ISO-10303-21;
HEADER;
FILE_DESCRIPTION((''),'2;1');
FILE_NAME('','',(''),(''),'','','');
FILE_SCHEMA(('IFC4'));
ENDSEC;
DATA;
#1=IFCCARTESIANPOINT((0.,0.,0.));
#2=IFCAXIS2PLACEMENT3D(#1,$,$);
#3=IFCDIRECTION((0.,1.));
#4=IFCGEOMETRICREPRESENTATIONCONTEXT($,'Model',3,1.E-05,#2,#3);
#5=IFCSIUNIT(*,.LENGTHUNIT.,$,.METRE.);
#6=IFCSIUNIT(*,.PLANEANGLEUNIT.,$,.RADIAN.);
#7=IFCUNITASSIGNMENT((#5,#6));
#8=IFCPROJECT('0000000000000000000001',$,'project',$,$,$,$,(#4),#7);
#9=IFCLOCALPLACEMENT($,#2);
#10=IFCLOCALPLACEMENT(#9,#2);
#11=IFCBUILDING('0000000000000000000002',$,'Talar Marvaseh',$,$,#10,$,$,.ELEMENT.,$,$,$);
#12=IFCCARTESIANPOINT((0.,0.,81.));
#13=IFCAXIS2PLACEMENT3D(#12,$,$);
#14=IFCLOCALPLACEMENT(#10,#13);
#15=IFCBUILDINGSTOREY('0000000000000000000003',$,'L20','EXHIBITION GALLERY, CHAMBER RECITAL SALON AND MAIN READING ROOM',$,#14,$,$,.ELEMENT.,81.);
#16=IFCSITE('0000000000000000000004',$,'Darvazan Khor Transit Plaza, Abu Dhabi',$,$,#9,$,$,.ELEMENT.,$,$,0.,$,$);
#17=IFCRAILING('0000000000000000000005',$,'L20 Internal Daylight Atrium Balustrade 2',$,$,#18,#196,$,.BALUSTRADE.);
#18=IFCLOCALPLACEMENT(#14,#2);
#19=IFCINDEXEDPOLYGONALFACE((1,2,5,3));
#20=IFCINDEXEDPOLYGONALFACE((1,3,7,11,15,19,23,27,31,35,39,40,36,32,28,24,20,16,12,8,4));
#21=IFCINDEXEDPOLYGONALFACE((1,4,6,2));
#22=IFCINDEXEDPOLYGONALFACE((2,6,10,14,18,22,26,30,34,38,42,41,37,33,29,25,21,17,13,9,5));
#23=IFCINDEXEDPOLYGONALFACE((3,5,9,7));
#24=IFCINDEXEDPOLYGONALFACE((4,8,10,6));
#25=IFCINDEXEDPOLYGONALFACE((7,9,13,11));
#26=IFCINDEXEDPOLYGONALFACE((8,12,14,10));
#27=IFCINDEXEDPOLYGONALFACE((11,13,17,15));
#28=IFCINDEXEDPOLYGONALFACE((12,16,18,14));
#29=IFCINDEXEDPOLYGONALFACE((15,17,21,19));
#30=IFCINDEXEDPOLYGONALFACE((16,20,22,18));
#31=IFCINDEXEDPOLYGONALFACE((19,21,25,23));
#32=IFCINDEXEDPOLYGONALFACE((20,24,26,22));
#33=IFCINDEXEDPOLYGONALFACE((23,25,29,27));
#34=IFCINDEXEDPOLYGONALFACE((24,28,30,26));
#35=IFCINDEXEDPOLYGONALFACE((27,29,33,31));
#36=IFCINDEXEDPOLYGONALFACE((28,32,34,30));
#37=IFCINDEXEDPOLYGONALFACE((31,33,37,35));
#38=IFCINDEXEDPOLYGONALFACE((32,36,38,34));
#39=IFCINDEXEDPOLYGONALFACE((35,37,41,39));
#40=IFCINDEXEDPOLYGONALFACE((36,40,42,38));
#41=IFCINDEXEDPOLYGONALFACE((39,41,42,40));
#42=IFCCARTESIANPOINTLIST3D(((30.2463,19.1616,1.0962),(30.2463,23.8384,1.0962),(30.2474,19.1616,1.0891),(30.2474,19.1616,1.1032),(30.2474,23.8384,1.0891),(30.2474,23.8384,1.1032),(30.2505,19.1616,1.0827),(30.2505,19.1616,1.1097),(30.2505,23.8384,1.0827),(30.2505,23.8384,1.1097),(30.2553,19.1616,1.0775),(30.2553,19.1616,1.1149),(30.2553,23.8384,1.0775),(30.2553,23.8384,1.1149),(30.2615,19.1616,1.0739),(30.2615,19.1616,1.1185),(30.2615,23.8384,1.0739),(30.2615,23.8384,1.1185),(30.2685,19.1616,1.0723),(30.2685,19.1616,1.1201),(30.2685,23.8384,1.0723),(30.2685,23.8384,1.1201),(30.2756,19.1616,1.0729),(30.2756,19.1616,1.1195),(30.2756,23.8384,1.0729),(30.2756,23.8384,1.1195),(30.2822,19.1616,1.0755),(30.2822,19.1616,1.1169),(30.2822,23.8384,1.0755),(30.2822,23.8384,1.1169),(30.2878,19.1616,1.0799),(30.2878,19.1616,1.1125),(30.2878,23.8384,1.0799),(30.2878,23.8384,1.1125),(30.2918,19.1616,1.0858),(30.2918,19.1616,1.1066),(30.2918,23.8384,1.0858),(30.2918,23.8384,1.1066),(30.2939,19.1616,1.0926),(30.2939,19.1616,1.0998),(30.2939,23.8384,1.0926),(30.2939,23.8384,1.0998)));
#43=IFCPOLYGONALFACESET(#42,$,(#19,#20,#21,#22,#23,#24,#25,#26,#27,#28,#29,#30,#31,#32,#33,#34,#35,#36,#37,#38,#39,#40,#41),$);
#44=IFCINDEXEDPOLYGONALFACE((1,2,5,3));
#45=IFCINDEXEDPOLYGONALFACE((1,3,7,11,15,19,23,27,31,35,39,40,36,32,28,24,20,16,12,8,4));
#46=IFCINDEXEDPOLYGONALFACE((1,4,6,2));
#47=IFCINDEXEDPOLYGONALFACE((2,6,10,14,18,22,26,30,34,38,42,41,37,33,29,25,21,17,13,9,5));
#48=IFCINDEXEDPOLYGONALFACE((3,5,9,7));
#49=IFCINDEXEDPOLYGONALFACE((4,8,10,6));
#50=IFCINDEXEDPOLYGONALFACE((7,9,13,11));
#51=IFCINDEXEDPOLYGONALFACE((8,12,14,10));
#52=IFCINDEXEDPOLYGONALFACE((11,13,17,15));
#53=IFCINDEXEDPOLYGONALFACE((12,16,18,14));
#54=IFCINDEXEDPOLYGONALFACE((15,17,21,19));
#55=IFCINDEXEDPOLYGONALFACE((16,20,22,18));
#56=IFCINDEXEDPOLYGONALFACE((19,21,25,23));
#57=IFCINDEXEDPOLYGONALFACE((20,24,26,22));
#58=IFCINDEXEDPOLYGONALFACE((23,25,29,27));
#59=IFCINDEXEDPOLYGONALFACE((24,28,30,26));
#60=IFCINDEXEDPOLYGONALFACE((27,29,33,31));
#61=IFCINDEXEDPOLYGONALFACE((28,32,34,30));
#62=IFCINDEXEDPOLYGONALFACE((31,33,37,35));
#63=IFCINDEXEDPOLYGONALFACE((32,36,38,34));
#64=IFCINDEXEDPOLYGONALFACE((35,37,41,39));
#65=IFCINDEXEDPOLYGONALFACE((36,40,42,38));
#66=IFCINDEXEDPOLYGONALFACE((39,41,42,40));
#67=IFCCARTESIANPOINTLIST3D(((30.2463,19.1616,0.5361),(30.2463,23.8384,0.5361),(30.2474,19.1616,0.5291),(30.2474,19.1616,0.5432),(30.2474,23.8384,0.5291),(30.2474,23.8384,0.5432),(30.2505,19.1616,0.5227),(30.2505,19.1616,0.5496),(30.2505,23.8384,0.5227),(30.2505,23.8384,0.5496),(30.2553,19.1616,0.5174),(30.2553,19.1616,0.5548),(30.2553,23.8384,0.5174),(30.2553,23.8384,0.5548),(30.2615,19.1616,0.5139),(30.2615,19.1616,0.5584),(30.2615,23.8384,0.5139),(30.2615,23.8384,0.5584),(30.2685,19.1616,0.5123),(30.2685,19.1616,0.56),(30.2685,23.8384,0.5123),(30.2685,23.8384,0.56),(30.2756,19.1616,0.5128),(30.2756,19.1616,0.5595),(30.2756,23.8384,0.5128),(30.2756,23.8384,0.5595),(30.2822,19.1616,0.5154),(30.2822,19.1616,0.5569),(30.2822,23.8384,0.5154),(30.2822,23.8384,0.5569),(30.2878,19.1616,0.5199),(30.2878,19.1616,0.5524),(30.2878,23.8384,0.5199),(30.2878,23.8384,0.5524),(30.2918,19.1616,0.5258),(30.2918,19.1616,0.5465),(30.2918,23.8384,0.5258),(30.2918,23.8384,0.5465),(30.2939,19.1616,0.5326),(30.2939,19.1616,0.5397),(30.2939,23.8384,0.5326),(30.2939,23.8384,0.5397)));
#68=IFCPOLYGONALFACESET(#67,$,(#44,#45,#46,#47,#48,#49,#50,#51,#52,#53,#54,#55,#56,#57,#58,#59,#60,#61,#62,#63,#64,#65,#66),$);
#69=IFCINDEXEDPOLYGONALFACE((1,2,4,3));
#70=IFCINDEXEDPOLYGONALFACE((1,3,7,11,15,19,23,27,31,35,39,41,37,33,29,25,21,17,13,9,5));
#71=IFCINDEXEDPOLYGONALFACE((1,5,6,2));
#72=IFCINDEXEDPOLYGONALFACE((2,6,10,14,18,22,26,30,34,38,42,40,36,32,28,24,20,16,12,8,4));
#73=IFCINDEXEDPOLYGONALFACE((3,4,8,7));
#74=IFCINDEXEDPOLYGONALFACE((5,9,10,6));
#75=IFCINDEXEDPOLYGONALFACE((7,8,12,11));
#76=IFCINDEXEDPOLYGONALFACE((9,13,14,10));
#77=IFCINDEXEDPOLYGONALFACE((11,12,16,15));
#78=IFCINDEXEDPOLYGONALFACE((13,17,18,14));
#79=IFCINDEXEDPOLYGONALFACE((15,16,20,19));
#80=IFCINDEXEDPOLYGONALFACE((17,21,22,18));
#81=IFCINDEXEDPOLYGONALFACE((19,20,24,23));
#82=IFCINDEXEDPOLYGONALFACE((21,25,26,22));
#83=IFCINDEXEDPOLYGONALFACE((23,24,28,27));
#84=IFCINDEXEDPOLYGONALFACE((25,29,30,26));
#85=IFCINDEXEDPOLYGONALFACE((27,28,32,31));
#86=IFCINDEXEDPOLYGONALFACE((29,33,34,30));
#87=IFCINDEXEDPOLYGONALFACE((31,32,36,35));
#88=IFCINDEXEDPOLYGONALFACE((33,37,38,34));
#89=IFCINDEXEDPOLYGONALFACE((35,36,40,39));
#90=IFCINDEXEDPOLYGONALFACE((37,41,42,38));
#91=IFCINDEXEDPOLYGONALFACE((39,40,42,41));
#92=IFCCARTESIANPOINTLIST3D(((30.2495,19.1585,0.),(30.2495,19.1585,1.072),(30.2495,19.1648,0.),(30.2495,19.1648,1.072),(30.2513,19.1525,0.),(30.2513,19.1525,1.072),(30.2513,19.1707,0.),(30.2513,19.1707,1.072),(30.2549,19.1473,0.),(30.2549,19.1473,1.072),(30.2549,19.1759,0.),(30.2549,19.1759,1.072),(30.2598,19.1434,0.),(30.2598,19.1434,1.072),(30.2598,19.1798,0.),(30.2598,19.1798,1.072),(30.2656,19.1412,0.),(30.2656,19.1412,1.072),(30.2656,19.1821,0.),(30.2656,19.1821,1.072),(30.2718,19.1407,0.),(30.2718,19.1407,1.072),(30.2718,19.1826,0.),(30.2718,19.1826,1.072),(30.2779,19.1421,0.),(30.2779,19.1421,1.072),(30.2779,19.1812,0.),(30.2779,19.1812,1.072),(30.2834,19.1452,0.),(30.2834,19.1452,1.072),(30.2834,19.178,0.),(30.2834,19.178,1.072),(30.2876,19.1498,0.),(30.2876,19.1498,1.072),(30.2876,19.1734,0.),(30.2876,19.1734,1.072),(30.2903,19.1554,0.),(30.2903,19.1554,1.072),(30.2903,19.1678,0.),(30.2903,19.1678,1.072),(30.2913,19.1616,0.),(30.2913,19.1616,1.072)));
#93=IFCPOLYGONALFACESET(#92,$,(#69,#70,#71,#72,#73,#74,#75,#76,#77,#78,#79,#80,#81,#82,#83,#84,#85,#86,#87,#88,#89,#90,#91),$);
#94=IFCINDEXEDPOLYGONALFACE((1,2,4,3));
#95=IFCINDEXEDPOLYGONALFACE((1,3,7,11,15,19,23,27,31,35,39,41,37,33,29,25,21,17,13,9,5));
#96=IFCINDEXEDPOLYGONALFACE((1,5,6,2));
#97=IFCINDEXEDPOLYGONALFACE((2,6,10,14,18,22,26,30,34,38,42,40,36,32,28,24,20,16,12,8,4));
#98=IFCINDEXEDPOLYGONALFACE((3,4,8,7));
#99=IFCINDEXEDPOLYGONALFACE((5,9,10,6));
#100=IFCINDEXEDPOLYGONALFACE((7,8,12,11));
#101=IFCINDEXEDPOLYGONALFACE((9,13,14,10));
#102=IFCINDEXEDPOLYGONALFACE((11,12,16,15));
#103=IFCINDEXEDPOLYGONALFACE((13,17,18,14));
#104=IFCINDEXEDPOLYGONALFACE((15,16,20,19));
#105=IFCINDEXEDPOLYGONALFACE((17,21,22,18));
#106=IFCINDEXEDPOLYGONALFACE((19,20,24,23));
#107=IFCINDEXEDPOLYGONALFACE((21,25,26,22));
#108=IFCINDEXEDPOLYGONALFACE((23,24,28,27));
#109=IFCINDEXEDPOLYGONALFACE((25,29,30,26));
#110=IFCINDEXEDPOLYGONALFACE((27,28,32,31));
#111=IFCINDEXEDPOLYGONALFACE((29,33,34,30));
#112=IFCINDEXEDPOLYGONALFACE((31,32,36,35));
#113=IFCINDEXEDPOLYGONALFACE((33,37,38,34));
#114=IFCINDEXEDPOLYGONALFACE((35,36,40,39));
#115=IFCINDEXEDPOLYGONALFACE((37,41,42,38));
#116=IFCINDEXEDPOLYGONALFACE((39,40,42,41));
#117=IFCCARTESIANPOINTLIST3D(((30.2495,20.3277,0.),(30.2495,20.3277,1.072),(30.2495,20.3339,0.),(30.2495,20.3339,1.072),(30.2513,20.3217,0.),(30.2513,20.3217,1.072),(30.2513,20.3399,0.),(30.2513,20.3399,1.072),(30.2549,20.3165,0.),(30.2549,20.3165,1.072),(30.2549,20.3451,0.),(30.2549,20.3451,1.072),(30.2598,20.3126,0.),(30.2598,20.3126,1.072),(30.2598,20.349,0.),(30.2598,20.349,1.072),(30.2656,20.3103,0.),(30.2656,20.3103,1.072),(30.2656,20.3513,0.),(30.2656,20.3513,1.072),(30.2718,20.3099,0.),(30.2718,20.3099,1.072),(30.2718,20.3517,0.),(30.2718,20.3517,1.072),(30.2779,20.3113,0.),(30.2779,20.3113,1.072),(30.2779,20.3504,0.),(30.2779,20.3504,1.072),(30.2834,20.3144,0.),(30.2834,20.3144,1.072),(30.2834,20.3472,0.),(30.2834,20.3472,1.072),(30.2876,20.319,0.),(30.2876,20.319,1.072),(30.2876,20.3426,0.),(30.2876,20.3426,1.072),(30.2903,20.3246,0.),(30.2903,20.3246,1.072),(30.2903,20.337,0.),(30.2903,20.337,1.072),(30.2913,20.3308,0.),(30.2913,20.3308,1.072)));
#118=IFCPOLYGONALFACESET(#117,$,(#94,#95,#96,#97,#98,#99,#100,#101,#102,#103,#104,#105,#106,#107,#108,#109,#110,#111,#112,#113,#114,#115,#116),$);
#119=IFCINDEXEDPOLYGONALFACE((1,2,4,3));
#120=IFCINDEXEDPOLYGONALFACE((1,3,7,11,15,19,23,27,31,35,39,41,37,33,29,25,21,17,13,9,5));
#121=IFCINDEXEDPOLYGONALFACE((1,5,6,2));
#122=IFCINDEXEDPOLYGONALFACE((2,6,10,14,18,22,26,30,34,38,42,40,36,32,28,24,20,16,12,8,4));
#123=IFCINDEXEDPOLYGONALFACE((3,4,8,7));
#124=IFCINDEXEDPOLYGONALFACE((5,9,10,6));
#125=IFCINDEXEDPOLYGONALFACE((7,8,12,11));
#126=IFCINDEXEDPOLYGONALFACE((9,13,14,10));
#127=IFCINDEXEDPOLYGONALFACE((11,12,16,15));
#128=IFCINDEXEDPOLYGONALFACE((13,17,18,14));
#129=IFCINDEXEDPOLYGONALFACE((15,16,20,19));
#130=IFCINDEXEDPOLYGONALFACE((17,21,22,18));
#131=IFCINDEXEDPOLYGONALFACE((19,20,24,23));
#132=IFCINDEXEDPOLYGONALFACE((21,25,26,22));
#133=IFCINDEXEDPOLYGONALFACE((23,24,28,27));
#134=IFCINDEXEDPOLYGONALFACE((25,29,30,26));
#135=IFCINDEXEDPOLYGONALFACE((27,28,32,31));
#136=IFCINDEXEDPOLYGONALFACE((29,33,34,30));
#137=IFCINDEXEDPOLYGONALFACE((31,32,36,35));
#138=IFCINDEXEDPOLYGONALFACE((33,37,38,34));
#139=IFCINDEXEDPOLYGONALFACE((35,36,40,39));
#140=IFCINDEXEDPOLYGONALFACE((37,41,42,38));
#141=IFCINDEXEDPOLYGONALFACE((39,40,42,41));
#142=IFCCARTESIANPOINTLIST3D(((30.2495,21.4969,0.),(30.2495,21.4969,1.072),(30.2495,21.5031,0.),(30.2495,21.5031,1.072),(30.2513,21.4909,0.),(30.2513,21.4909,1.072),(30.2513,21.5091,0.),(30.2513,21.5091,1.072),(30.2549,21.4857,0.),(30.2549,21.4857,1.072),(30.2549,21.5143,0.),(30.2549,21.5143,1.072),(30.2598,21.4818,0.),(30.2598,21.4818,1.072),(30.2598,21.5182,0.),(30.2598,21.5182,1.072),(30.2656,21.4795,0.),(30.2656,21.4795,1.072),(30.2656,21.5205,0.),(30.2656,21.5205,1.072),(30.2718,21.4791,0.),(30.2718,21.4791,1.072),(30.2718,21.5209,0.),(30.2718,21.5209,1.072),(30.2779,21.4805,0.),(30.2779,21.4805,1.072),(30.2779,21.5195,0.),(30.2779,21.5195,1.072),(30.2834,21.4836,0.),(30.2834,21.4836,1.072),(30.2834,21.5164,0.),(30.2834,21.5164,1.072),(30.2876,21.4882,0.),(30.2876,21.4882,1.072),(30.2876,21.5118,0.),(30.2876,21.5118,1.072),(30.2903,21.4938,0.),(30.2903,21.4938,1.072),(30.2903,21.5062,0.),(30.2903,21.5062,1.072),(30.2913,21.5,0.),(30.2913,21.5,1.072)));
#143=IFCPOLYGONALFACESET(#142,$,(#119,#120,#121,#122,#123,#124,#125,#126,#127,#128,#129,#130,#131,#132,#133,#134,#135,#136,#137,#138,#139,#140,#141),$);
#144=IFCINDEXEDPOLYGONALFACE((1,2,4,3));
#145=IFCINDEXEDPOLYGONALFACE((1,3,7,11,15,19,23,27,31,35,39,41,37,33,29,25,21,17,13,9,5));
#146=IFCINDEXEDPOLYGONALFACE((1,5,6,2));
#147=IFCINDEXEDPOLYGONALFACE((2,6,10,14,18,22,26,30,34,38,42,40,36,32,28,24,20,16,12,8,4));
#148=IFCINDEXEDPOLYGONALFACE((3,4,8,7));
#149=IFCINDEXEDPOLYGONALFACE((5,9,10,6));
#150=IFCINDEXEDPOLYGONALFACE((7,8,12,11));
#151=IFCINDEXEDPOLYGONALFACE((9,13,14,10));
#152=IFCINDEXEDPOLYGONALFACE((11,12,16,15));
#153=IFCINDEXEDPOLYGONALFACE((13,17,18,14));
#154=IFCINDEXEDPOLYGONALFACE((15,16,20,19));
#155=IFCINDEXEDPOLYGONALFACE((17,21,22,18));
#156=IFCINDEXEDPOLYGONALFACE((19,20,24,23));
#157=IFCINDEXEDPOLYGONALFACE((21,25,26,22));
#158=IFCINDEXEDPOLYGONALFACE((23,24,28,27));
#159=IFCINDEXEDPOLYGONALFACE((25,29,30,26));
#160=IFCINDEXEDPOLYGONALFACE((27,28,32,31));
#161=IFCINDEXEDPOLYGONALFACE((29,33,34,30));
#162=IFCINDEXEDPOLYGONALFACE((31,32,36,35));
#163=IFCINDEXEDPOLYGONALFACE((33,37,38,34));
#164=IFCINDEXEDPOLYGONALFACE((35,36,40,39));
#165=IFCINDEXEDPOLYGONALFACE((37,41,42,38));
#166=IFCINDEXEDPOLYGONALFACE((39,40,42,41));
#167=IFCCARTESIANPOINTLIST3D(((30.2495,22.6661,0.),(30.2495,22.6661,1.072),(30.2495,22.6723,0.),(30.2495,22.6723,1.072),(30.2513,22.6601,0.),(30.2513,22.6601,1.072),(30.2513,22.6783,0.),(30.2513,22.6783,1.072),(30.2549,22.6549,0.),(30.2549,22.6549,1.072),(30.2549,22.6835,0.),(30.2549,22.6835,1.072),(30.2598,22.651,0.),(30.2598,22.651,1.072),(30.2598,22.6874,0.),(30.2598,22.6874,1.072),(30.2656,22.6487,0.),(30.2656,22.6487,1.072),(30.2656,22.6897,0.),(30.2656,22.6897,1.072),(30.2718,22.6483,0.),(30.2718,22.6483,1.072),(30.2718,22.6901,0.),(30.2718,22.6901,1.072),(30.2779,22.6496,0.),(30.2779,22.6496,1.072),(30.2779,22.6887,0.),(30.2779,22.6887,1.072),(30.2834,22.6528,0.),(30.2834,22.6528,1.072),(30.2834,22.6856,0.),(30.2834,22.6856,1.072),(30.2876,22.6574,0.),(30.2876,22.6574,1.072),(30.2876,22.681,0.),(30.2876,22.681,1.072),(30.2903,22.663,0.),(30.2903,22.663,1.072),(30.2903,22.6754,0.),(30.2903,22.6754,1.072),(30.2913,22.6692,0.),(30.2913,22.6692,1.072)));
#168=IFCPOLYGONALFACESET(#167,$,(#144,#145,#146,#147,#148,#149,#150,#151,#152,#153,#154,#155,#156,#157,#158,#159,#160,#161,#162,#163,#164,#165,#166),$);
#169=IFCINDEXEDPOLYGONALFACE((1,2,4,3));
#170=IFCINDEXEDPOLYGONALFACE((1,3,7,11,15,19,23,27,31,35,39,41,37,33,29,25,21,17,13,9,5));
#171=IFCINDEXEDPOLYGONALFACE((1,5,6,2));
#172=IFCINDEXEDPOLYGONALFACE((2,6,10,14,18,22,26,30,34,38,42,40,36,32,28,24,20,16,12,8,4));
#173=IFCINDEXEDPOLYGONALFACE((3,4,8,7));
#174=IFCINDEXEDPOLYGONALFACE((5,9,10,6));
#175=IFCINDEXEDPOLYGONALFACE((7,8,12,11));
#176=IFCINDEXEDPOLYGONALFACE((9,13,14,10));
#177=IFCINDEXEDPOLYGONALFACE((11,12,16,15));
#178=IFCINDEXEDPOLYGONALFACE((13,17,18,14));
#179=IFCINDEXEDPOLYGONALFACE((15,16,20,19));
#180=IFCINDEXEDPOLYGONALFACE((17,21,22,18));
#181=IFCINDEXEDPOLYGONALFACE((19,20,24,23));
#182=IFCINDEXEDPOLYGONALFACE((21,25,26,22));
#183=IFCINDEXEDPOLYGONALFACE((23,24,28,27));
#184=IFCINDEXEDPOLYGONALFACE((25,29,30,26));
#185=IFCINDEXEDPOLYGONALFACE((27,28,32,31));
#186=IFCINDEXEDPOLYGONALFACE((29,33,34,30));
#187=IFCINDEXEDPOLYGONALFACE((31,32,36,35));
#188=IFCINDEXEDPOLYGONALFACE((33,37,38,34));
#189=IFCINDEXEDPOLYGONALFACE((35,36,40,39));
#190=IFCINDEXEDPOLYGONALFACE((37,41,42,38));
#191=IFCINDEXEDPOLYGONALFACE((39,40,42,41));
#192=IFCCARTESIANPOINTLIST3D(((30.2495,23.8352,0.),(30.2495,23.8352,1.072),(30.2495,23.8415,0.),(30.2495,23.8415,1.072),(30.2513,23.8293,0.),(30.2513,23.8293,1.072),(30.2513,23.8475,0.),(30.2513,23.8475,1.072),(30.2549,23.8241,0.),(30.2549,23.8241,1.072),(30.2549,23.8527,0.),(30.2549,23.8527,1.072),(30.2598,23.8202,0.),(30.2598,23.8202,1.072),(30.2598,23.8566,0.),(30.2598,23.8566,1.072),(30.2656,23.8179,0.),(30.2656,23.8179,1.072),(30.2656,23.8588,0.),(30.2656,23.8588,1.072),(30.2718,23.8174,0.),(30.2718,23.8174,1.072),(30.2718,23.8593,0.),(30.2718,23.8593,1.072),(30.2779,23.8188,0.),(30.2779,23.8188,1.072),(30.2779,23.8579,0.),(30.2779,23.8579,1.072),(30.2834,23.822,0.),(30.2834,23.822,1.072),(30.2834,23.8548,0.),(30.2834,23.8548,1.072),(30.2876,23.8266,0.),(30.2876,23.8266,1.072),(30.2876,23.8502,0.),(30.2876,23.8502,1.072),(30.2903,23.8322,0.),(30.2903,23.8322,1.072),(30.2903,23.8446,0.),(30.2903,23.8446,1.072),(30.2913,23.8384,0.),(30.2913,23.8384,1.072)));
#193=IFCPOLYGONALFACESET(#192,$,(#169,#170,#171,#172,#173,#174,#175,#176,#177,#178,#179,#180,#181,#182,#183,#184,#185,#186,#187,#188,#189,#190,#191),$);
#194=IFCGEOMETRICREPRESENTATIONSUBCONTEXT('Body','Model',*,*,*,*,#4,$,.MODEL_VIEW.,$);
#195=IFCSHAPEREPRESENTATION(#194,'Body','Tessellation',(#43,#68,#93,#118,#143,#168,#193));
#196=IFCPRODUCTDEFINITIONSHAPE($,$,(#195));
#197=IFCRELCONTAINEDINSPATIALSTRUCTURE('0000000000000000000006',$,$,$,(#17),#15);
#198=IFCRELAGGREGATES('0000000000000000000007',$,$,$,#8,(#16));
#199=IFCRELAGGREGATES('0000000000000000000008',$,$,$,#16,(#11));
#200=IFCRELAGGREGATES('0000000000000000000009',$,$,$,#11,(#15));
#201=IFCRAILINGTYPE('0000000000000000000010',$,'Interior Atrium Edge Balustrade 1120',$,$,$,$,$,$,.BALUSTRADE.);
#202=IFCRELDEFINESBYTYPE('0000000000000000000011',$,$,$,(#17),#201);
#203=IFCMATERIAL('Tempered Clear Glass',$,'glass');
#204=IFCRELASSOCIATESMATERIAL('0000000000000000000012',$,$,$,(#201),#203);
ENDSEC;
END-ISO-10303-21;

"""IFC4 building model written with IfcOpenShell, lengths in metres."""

from ifc_helpers import new_model, si_unit, direction, frame, origin, origin_2d, place, context, subcontext, project, spatial, circle, extrude, material, type_object, element, save


model = new_model("IFC4")

# Units and contexts
model_context = context("Model", 3, precision=1e-05, world=origin(), true_north=direction((0.0, 1.0)))
body_context = subcontext(model_context, "Body", "Model", "MODEL_VIEW")
ifc_project = project(units=[si_unit("LENGTHUNIT", "METRE"), si_unit("PLANEANGLEUNIT", "RADIAN")], contexts=[model_context])

# Site, building, storey
site_placement = place(None, origin())
site = spatial("IfcSite", under=ifc_project, at=site_placement, Name="Darvazan Khor Transit Plaza, Abu Dhabi", CompositionType="ELEMENT", RefElevation=0.0)
building_placement = place(site_placement, origin())
building = spatial("IfcBuilding", under=site, at=building_placement, Name="Talar Marvaseh", CompositionType="ELEMENT")
storey_placement = place(building_placement, frame((0.0, 0.0, 81.0)))
storey = spatial("IfcBuildingStorey", under=building, at=storey_placement, Name="L20", Description="EXHIBITION GALLERY, CHAMBER RECITAL SALON AND MAIN READING ROOM", CompositionType="ELEMENT", Elevation=81.0)

# Railing
ifc_material_1 = material(Name="Tempered Clear Glass", Category="glass")
railing_type_1 = type_object("IfcRailingType", Name="Interior Atrium Edge Balustrade 1120", PredefinedType="BALUSTRADE", material=ifc_material_1)
railing_1_placement = place(storey_placement, frame((30.2703, 19.1616, 0.0)))
element("IfcRailing", 1, at=railing_1_placement, inside=storey, type_object=railing_type_1, Name="L20 Internal Daylight Atrium Balustrade 2", PredefinedType="BALUSTRADE", context=body_context, shape_type="SweptSolid", body=[
    extrude(circle(Radius=0.0239, at=origin_2d()), frame((0.0, 0.0, 1.0962), z_axis=(0.0, 1.0, 0.0), x_axis=(-1.0, 0.0, 0.0)), (0.0, 0.0, 1.0), 4.6768),
    extrude(circle(Radius=0.0239, at=origin_2d()), frame((0.0, 0.0, 0.5361), z_axis=(0.0, 1.0, 0.0), x_axis=(-1.0, 0.0, 0.0)), (0.0, 0.0, 1.0), 4.6768),
    extrude(circle(Radius=0.021, at=origin_2d()), origin(), (0.0, 0.0, 1.0), 1.072),
    extrude(circle(Radius=0.021, at=origin_2d()), frame((0.0, 1.1692, 0.0)), (0.0, 0.0, 1.0), 1.072),
    extrude(circle(Radius=0.021, at=origin_2d()), frame((0.0, 2.3384, 0.0)), (0.0, 0.0, 1.0), 1.072),
    extrude(circle(Radius=0.021, at=origin_2d()), frame((0.0, 3.5076, 0.0)), (0.0, 0.0, 1.0), 1.072),
    extrude(circle(Radius=0.021, at=origin_2d()), frame((0.0, 4.6768, 0.0)), (0.0, 0.0, 1.0), 1.072),
])

save(model, "model.ifc")
